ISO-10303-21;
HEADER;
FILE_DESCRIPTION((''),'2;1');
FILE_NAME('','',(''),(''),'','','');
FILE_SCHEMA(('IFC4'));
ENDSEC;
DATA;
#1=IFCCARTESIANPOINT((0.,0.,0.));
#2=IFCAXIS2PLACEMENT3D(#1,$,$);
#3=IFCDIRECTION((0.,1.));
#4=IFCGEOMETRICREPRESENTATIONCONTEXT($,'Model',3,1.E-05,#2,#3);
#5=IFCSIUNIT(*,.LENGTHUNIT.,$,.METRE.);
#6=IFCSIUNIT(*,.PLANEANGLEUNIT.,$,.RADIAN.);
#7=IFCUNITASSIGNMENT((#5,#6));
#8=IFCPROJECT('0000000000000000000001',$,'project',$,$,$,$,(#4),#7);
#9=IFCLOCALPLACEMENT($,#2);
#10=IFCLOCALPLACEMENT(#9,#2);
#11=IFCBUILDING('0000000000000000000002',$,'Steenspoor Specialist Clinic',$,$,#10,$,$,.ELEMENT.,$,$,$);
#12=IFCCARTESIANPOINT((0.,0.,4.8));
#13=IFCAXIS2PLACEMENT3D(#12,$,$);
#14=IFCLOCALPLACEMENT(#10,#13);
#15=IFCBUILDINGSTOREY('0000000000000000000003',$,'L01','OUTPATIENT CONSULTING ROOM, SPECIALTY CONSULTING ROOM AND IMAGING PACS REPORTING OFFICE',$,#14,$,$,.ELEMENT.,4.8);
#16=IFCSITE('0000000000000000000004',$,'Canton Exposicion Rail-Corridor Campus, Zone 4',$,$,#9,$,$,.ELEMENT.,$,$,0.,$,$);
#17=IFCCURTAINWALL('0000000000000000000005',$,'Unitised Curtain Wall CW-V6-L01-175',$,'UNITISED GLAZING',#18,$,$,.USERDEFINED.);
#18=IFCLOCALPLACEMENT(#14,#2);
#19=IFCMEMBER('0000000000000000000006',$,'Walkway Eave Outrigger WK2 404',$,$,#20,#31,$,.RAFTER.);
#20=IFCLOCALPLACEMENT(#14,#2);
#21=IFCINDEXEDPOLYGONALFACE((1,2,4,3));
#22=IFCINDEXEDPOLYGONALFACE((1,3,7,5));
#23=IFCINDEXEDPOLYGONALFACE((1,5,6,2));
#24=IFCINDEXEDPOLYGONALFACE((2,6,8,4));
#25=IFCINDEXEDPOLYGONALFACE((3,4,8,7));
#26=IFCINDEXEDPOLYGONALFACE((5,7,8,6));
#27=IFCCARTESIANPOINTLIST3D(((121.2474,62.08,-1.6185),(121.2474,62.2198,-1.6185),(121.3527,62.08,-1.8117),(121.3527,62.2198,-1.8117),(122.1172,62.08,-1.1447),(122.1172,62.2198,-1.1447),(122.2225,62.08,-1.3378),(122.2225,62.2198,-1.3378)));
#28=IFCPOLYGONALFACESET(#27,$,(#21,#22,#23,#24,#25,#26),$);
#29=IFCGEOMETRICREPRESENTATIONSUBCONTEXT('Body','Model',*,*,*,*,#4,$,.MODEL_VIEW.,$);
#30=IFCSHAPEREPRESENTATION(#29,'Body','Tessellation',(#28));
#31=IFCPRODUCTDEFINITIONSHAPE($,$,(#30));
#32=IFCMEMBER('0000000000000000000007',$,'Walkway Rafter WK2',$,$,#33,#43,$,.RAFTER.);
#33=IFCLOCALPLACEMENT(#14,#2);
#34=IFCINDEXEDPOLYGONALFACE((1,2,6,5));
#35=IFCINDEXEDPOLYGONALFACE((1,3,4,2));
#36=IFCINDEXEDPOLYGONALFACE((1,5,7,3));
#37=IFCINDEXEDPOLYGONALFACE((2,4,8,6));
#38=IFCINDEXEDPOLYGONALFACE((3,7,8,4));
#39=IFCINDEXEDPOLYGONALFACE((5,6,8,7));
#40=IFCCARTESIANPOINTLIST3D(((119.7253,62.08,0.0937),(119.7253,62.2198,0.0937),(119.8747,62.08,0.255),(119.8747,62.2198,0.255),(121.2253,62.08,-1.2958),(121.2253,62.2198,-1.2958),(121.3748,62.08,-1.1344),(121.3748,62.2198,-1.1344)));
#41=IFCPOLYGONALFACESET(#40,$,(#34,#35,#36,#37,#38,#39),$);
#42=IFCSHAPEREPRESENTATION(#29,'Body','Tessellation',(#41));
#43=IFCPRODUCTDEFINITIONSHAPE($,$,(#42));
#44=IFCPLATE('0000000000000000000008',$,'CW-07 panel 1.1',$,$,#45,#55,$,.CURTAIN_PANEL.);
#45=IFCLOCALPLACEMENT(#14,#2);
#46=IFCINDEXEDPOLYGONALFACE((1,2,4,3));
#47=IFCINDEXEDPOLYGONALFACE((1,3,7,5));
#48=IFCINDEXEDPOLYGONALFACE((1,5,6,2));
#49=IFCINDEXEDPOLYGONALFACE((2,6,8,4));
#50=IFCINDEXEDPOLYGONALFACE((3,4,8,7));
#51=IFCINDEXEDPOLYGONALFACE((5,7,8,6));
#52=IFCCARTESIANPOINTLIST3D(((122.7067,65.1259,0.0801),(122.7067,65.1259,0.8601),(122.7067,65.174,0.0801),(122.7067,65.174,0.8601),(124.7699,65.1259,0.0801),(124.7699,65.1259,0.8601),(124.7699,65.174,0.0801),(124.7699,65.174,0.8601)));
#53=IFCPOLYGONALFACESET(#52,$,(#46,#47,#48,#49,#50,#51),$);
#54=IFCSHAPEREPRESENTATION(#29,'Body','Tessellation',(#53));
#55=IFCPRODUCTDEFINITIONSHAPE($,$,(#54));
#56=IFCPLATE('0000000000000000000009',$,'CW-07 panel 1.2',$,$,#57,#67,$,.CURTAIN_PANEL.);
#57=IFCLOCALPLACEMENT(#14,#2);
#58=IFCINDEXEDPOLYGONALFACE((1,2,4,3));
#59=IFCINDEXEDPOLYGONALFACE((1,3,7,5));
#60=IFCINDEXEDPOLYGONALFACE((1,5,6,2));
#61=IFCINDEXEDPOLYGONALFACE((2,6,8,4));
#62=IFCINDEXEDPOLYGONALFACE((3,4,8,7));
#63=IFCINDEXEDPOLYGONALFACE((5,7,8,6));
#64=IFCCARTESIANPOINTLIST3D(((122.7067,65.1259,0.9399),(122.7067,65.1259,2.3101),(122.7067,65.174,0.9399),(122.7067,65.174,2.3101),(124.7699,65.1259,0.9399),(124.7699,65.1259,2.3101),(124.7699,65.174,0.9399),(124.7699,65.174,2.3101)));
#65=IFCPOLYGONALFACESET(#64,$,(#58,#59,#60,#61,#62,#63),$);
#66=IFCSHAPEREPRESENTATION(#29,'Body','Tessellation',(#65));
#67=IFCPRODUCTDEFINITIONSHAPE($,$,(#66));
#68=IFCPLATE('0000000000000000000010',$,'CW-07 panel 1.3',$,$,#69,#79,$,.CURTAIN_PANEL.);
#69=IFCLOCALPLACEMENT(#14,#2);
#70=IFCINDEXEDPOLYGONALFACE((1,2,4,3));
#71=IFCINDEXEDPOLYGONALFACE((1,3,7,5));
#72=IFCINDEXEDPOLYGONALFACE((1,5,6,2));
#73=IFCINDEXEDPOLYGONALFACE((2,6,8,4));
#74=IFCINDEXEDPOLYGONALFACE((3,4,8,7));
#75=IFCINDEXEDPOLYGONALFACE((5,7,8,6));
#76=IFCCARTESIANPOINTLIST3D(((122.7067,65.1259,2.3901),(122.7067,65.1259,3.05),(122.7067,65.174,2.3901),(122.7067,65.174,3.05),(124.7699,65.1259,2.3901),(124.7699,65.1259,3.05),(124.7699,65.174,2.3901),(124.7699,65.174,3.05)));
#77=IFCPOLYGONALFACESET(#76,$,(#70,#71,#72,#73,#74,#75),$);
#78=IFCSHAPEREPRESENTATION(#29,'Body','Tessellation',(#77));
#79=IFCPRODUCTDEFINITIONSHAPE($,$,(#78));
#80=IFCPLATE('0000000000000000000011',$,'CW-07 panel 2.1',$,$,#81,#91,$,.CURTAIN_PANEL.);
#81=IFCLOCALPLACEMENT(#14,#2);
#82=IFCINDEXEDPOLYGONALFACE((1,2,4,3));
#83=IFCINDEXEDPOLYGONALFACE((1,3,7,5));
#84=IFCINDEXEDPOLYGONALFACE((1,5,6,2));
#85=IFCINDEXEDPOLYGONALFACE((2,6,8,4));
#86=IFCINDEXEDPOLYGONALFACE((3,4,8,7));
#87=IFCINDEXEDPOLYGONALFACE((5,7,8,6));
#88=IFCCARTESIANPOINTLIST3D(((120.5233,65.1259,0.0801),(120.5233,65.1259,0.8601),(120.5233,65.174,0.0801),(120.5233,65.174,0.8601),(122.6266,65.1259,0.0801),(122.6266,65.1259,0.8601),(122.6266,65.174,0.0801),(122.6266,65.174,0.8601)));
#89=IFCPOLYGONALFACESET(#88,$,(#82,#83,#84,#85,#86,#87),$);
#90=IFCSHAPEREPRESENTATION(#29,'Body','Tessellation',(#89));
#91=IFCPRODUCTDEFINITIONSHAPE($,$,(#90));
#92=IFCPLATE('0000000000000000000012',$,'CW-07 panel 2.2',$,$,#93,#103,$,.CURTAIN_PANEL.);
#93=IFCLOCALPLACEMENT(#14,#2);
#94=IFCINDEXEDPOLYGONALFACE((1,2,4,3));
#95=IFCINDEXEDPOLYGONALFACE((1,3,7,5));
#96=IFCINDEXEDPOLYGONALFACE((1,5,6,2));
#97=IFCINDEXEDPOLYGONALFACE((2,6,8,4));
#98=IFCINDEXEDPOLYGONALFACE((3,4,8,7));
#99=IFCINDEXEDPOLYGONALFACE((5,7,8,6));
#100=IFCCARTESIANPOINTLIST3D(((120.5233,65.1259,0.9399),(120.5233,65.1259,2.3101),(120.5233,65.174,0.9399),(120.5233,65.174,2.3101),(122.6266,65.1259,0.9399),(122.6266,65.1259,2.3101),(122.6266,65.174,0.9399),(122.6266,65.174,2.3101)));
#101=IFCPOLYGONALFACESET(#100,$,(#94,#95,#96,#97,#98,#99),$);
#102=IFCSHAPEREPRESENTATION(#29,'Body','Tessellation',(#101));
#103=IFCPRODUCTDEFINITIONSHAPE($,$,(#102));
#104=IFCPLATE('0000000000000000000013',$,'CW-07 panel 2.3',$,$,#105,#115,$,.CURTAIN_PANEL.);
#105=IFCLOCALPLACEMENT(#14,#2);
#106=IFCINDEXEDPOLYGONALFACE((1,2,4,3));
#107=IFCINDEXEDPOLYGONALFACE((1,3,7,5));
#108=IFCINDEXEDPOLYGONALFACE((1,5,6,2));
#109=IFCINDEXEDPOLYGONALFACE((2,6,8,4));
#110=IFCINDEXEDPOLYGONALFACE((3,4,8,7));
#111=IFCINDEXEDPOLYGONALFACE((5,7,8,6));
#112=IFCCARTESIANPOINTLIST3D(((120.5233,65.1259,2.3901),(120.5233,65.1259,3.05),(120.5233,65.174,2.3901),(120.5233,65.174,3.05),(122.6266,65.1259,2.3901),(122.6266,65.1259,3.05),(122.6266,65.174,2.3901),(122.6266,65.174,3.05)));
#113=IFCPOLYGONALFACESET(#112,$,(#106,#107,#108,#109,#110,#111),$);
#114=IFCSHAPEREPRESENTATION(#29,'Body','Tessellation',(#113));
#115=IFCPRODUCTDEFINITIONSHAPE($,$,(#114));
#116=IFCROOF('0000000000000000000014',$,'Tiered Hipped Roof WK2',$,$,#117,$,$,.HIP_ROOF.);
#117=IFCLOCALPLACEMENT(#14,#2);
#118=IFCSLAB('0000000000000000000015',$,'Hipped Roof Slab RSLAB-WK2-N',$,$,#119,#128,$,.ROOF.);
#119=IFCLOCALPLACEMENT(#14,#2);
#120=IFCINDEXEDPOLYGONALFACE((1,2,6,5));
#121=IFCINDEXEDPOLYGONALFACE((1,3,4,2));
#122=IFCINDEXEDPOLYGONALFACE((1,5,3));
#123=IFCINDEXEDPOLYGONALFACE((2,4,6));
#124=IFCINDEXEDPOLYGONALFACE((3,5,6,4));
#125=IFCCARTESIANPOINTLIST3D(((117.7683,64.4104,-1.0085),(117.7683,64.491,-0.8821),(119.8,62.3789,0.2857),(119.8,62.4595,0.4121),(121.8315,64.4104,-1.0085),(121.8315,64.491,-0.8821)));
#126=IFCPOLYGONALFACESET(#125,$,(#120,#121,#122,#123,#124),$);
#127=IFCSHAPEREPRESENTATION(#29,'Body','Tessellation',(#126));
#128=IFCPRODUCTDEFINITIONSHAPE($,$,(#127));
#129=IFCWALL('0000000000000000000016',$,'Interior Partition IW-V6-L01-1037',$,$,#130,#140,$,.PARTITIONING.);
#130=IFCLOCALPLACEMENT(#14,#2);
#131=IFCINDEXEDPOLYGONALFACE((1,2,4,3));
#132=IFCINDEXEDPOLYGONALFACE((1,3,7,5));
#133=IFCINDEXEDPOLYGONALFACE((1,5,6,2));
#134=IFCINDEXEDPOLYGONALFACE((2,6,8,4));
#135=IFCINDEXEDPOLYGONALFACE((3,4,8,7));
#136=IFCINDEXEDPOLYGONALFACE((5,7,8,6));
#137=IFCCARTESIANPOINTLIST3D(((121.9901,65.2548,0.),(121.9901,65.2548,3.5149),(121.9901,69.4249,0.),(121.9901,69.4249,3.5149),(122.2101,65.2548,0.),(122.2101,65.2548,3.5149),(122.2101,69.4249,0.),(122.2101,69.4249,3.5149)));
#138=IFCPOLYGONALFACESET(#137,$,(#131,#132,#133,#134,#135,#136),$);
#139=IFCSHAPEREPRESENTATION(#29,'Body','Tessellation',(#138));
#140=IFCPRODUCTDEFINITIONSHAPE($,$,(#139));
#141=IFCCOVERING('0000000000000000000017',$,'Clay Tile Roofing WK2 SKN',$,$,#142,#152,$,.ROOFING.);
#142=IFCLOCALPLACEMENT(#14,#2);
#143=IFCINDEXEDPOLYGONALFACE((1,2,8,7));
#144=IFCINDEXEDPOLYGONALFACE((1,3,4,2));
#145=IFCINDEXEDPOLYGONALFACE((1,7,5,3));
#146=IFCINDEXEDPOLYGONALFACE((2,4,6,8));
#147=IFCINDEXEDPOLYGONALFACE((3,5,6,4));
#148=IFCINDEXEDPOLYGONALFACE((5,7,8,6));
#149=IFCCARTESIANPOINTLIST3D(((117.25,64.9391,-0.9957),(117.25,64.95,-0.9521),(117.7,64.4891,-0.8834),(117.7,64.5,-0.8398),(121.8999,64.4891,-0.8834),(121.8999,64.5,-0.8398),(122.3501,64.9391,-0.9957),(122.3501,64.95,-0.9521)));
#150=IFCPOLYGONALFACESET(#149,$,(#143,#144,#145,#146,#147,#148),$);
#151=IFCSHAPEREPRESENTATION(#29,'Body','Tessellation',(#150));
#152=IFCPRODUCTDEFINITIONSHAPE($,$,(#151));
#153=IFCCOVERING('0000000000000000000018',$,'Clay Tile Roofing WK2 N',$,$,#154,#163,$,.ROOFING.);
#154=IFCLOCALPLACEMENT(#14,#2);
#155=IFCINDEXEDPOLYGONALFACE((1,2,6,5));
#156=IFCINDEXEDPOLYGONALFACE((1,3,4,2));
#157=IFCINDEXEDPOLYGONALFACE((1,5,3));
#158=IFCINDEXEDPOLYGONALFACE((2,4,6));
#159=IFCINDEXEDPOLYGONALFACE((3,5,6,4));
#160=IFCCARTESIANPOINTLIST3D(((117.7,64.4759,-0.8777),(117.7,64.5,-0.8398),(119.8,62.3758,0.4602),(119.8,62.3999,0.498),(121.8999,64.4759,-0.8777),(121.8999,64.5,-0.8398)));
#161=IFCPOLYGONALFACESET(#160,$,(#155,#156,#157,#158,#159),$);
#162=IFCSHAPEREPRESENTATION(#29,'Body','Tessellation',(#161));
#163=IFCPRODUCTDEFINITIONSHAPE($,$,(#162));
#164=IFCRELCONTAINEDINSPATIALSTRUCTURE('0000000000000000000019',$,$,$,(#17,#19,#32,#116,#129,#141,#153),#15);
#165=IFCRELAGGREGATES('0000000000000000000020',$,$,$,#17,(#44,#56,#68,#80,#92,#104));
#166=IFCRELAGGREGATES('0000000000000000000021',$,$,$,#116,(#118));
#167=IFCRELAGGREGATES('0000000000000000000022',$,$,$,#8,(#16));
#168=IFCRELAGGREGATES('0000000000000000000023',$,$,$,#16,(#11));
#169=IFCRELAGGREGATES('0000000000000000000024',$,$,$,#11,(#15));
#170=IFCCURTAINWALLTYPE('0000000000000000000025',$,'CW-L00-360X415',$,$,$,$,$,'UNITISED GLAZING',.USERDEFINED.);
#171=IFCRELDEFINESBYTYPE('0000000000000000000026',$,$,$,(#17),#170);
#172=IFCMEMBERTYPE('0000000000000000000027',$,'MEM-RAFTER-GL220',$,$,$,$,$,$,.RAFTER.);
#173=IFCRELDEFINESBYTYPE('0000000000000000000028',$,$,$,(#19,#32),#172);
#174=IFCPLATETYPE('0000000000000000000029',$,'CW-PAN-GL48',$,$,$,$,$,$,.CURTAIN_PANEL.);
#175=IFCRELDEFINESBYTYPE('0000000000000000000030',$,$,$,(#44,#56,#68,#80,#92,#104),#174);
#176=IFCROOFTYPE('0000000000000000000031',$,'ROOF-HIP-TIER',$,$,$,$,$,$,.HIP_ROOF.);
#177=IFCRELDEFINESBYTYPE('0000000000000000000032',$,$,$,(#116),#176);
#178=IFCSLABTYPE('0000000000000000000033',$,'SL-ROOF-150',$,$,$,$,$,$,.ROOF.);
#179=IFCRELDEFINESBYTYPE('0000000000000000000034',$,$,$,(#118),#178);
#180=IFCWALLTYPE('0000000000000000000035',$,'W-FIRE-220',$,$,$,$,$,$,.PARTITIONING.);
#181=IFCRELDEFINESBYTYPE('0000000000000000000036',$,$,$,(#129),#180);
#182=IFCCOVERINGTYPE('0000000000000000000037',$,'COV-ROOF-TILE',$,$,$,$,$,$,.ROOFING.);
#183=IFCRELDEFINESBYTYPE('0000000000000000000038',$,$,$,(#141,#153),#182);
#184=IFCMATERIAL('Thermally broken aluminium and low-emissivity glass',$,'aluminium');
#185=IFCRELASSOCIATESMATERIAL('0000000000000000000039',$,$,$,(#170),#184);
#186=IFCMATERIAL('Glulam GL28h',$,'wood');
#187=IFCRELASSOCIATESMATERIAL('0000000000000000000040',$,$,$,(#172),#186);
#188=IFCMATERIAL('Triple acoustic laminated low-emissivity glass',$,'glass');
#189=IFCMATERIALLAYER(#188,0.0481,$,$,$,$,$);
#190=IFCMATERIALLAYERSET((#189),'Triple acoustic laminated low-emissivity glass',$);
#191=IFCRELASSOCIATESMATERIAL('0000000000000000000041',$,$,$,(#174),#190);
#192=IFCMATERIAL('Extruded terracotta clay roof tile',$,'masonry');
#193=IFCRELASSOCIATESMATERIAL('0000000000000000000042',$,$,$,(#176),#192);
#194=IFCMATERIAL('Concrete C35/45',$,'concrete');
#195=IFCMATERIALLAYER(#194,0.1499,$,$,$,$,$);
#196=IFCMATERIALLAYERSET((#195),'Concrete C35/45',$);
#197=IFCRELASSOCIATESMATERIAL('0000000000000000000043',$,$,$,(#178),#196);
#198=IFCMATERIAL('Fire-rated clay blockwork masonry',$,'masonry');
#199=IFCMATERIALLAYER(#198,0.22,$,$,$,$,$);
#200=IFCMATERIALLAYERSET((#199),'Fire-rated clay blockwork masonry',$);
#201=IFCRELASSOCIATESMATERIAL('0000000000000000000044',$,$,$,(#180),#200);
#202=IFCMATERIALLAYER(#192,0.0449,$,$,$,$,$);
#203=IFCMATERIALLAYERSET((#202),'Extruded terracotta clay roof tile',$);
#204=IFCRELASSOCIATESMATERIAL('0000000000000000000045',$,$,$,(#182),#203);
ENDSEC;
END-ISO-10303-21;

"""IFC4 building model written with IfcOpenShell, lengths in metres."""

from ifc_helpers import new_model, si_unit, direction, frame, frame_2d, origin, origin_2d, place, context, subcontext, project, spatial, polyline, rectangle, outline, extrude, material, layer, layer_set, material_profile, profile_set, type_object, element, aggregate, save


model = new_model("IFC4")

# Units and contexts
model_context = context("Model", 3, precision=1e-05, world=origin(), true_north=direction((0.0, 1.0)))
body_context = subcontext(model_context, "Body", "Model", "MODEL_VIEW")
ifc_project = project(units=[si_unit("LENGTHUNIT", "METRE"), si_unit("PLANEANGLEUNIT", "RADIAN")], contexts=[model_context])

# Site, building, storey
site_placement = place(None, origin())
site = spatial("IfcSite", under=ifc_project, at=site_placement, Name="Canton Exposicion Rail-Corridor Campus, Zone 4", CompositionType="ELEMENT", RefElevation=0.0)
building_placement = place(site_placement, origin())
building = spatial("IfcBuilding", under=site, at=building_placement, Name="Steenspoor Specialist Clinic", CompositionType="ELEMENT")
storey_placement = place(building_placement, frame((0.0, 0.0, 4.8)))
storey = spatial("IfcBuildingStorey", under=building, at=storey_placement, Name="L01", Description="OUTPATIENT CONSULTING ROOM, SPECIALTY CONSULTING ROOM AND IMAGING PACS REPORTING OFFICE", CompositionType="ELEMENT", Elevation=4.8)

# Curtain wall
ifc_material_1 = material(Name="Thermally broken aluminium and low-emissivity glass", Category="aluminium")
curtain_wall_type = type_object("IfcCurtainWallType", Name="CW-L00-360X415", ElementType="UNITISED GLAZING", PredefinedType="USERDEFINED", material=ifc_material_1)
curtain_wall_placement = place(storey_placement, origin())
curtain_wall = element("IfcCurtainWall", 1, at=curtain_wall_placement, inside=storey, type_object=curtain_wall_type, Name="Unitised Curtain Wall CW-V6-L01-175", ObjectType="UNITISED GLAZING", PredefinedType="USERDEFINED")

# Members
ifc_material_2 = material(Name="Glulam GL28h", Category="wood")
ifc_material_profile_1 = material_profile(ifc_material_2, rectangle(XDim=0.1399, YDim=0.22, at=origin_2d()), Name="GL28H-140X220")
ifc_profile_set_1 = profile_set([ifc_material_profile_1], Name="Glulam GL28h")
member_type_1 = type_object("IfcMemberType", Name="MEM-RAFTER-GL220", PredefinedType="RAFTER", material=ifc_profile_set_1)
member_1_placement = place(storey_placement, frame((121.3, 62.1499, -1.7151), z_axis=(0.87815, 0.0, 0.478386), x_axis=(0.0, 1.0, 0.0)))
element("IfcMember", 2, at=member_1_placement, inside=storey, type_object=member_type_1, Name="Walkway Eave Outrigger WK2 404", PredefinedType="RAFTER", context=body_context, shape_type="SweptSolid", body=[
    extrude(rectangle(XDim=0.1399, YDim=0.22, at=origin_2d()), origin(), (0.0, 0.0, 1.0), 0.9905),
])
member_2_placement = place(storey_placement, frame((121.3, 62.1499, -1.2151), z_axis=(-0.733635, 0.0, 0.679544), x_axis=(0.0, -1.0, 0.0)))
element("IfcMember", 3, at=member_2_placement, inside=storey, type_object=member_type_1, Name="Walkway Rafter WK2", PredefinedType="RAFTER", context=body_context, shape_type="SweptSolid", body=[
    extrude(rectangle(XDim=0.1399, YDim=0.22, at=origin_2d()), origin(), (0.0, 0.0, 1.0), 2.0447),
])

# Plates
ifc_material_3 = material(Name="Triple acoustic laminated low-emissivity glass", Category="glass")
ifc_layer_1 = layer(ifc_material_3, 0.0481)
ifc_layer_set_1 = layer_set([ifc_layer_1], Name="Triple acoustic laminated low-emissivity glass")
plate_type = type_object("IfcPlateType", Name="CW-PAN-GL48", PredefinedType="CURTAIN_PANEL", material=ifc_layer_set_1)
plate_1_placement = place(storey_placement, frame((123.7383, 65.1499, 0.0801), z_axis=(0.0, 0.0, 1.0), x_axis=(-1.0, 0.0, 0.0)))
plate_1 = element("IfcPlate", 4, at=plate_1_placement, type_object=plate_type, Name="CW-07 panel 1.1", PredefinedType="CURTAIN_PANEL", context=body_context, shape_type="SweptSolid", body=[
    extrude(rectangle(XDim=2.0632, YDim=0.0481, at=origin_2d()), origin(), (0.0, 0.0, 1.0), 0.78),
])
plate_2_placement = place(storey_placement, frame((123.7383, 65.1499, 0.9399), z_axis=(0.0, 0.0, 1.0), x_axis=(-1.0, 0.0, 0.0)))
plate_2 = element("IfcPlate", 5, at=plate_2_placement, type_object=plate_type, Name="CW-07 panel 1.2", PredefinedType="CURTAIN_PANEL", context=body_context, shape_type="SweptSolid", body=[
    extrude(rectangle(XDim=2.0632, YDim=0.0481, at=origin_2d()), origin(), (0.0, 0.0, 1.0), 1.3701),
])
plate_3_placement = place(storey_placement, frame((123.7383, 65.1499, 2.3901), z_axis=(0.0, 0.0, 1.0), x_axis=(-1.0, 0.0, 0.0)))
plate_3 = element("IfcPlate", 6, at=plate_3_placement, type_object=plate_type, Name="CW-07 panel 1.3", PredefinedType="CURTAIN_PANEL", context=body_context, shape_type="SweptSolid", body=[
    extrude(rectangle(XDim=2.0632, YDim=0.0481, at=origin_2d()), origin(), (0.0, 0.0, 1.0), 0.6599),
])
plate_4_placement = place(storey_placement, frame((121.575, 65.1499, 0.0801), z_axis=(0.0, 0.0, 1.0), x_axis=(-1.0, 0.0, 0.0)))
plate_4 = element("IfcPlate", 7, at=plate_4_placement, type_object=plate_type, Name="CW-07 panel 2.1", PredefinedType="CURTAIN_PANEL", context=body_context, shape_type="SweptSolid", body=[
    extrude(rectangle(XDim=2.1033, YDim=0.0481, at=origin_2d()), origin(), (0.0, 0.0, 1.0), 0.78),
])
plate_5_placement = place(storey_placement, frame((121.575, 65.1499, 0.9399), z_axis=(0.0, 0.0, 1.0), x_axis=(-1.0, 0.0, 0.0)))
plate_5 = element("IfcPlate", 8, at=plate_5_placement, type_object=plate_type, Name="CW-07 panel 2.2", PredefinedType="CURTAIN_PANEL", context=body_context, shape_type="SweptSolid", body=[
    extrude(rectangle(XDim=2.1033, YDim=0.0481, at=origin_2d()), origin(), (0.0, 0.0, 1.0), 1.3701),
])
plate_6_placement = place(storey_placement, frame((121.575, 65.1499, 2.3901), z_axis=(0.0, 0.0, 1.0), x_axis=(-1.0, 0.0, 0.0)))
plate_6 = element("IfcPlate", 9, at=plate_6_placement, type_object=plate_type, Name="CW-07 panel 2.3", PredefinedType="CURTAIN_PANEL", context=body_context, shape_type="SweptSolid", body=[
    extrude(rectangle(XDim=2.1033, YDim=0.0481, at=origin_2d()), origin(), (0.0, 0.0, 1.0), 0.6599),
])
aggregate(curtain_wall, [plate_1, plate_2, plate_3, plate_4, plate_5, plate_6])

# Roof, slab
ifc_material_4 = material(Name="Extruded terracotta clay roof tile", Category="masonry")
roof_type = type_object("IfcRoofType", Name="ROOF-HIP-TIER", PredefinedType="HIP_ROOF", material=ifc_material_4)
roof_placement = place(storey_placement, origin())
roof = element("IfcRoof", 10, at=roof_placement, inside=storey, type_object=roof_type, Name="Tiered Hipped Roof WK2", PredefinedType="HIP_ROOF")
ifc_material_5 = material(Name="Concrete C35/45", Category="concrete")
ifc_layer_2 = layer(ifc_material_5, 0.1499)
ifc_layer_set_2 = layer_set([ifc_layer_2], Name="Concrete C35/45")
slab_type = type_object("IfcSlabType", Name="SL-ROOF-150", PredefinedType="ROOF", material=ifc_layer_set_2)
slab_1_placement = place(storey_placement, frame((119.8, 62.4595, 0.4121), z_axis=(0.0, 0.537295, 0.843394), x_axis=(0.644712, 0.644712, -0.410722)))
slab_1 = element("IfcSlab", 11, at=slab_1_placement, type_object=slab_type, Name="Hipped Roof Slab RSLAB-WK2-N", PredefinedType="ROOF", context=body_context, shape_type="SweptSolid", body=[
    extrude(outline(polyline([(0.0, 0.0), (3.151, 0.0), (0.5314, 3.106), (0.0, 0.0)])), origin(), (0.0, 0.0, -1.0), 0.1499),
])
aggregate(roof, [slab_1])

# Wall
ifc_material_6 = material(Name="Fire-rated clay blockwork masonry", Category="masonry")
ifc_layer_3 = layer(ifc_material_6, 0.22)
ifc_layer_set_3 = layer_set([ifc_layer_3], Name="Fire-rated clay blockwork masonry")
wall_type = type_object("IfcWallType", Name="W-FIRE-220", PredefinedType="PARTITIONING", material=ifc_layer_set_3)
wall_placement = place(storey_placement, frame((122.1001, 65.2549, 0.0), z_axis=(0.0, 0.0, 1.0), x_axis=(0.0, 1.0, 0.0)))
element("IfcWall", 12, at=wall_placement, inside=storey, type_object=wall_type, Name="Interior Partition IW-V6-L01-1037", PredefinedType="PARTITIONING", context=body_context, shape_type="SweptSolid", body=[
    extrude(rectangle(XDim=4.1702, YDim=0.22, at=frame_2d((2.085, 0.0))), origin(), (0.0, 0.0, 1.0), 3.5149),
])

# Coverings
ifc_layer_4 = layer(ifc_material_4, 0.0449)
ifc_layer_set_4 = layer_set([ifc_layer_4], Name="Extruded terracotta clay roof tile")
covering_type = type_object("IfcCoveringType", Name="COV-ROOF-TILE", PredefinedType="ROOFING", material=ifc_layer_set_4)
covering_1_placement = place(storey_placement, frame((122.3501, 64.95, -0.9521), z_axis=(0.0, 0.242164, 0.970235), x_axis=(-1.0, 0.0, 0.0)))
element("IfcCovering", 13, at=covering_1_placement, inside=storey, type_object=covering_type, Name="Clay Tile Roofing WK2 SKN", PredefinedType="ROOFING", context=body_context, shape_type="SweptSolid", body=[
    extrude(outline(polyline([(0.0, 0.0), (5.1001, 0.0), (4.6501, 0.4638), (0.4502, 0.4638), (0.0, 0.0)])), origin(), (0.0, 0.0, -1.0), 0.0449),
])
covering_2_placement = place(storey_placement, frame((121.8999, 64.5, -0.8398), z_axis=(0.0, 0.537294, 0.843395), x_axis=(-1.0, 0.0, 0.0)))
element("IfcCovering", 14, at=covering_2_placement, inside=storey, type_object=covering_type, Name="Clay Tile Roofing WK2 N", PredefinedType="ROOFING", context=body_context, shape_type="SweptSolid", body=[
    extrude(outline(polyline([(0.0, 0.0), (4.2, 0.0), (2.0999, 2.4901), (0.0, 0.0)])), origin(), (0.0, 0.0, -1.0), 0.0449),
])

save(model, "model.ifc")
